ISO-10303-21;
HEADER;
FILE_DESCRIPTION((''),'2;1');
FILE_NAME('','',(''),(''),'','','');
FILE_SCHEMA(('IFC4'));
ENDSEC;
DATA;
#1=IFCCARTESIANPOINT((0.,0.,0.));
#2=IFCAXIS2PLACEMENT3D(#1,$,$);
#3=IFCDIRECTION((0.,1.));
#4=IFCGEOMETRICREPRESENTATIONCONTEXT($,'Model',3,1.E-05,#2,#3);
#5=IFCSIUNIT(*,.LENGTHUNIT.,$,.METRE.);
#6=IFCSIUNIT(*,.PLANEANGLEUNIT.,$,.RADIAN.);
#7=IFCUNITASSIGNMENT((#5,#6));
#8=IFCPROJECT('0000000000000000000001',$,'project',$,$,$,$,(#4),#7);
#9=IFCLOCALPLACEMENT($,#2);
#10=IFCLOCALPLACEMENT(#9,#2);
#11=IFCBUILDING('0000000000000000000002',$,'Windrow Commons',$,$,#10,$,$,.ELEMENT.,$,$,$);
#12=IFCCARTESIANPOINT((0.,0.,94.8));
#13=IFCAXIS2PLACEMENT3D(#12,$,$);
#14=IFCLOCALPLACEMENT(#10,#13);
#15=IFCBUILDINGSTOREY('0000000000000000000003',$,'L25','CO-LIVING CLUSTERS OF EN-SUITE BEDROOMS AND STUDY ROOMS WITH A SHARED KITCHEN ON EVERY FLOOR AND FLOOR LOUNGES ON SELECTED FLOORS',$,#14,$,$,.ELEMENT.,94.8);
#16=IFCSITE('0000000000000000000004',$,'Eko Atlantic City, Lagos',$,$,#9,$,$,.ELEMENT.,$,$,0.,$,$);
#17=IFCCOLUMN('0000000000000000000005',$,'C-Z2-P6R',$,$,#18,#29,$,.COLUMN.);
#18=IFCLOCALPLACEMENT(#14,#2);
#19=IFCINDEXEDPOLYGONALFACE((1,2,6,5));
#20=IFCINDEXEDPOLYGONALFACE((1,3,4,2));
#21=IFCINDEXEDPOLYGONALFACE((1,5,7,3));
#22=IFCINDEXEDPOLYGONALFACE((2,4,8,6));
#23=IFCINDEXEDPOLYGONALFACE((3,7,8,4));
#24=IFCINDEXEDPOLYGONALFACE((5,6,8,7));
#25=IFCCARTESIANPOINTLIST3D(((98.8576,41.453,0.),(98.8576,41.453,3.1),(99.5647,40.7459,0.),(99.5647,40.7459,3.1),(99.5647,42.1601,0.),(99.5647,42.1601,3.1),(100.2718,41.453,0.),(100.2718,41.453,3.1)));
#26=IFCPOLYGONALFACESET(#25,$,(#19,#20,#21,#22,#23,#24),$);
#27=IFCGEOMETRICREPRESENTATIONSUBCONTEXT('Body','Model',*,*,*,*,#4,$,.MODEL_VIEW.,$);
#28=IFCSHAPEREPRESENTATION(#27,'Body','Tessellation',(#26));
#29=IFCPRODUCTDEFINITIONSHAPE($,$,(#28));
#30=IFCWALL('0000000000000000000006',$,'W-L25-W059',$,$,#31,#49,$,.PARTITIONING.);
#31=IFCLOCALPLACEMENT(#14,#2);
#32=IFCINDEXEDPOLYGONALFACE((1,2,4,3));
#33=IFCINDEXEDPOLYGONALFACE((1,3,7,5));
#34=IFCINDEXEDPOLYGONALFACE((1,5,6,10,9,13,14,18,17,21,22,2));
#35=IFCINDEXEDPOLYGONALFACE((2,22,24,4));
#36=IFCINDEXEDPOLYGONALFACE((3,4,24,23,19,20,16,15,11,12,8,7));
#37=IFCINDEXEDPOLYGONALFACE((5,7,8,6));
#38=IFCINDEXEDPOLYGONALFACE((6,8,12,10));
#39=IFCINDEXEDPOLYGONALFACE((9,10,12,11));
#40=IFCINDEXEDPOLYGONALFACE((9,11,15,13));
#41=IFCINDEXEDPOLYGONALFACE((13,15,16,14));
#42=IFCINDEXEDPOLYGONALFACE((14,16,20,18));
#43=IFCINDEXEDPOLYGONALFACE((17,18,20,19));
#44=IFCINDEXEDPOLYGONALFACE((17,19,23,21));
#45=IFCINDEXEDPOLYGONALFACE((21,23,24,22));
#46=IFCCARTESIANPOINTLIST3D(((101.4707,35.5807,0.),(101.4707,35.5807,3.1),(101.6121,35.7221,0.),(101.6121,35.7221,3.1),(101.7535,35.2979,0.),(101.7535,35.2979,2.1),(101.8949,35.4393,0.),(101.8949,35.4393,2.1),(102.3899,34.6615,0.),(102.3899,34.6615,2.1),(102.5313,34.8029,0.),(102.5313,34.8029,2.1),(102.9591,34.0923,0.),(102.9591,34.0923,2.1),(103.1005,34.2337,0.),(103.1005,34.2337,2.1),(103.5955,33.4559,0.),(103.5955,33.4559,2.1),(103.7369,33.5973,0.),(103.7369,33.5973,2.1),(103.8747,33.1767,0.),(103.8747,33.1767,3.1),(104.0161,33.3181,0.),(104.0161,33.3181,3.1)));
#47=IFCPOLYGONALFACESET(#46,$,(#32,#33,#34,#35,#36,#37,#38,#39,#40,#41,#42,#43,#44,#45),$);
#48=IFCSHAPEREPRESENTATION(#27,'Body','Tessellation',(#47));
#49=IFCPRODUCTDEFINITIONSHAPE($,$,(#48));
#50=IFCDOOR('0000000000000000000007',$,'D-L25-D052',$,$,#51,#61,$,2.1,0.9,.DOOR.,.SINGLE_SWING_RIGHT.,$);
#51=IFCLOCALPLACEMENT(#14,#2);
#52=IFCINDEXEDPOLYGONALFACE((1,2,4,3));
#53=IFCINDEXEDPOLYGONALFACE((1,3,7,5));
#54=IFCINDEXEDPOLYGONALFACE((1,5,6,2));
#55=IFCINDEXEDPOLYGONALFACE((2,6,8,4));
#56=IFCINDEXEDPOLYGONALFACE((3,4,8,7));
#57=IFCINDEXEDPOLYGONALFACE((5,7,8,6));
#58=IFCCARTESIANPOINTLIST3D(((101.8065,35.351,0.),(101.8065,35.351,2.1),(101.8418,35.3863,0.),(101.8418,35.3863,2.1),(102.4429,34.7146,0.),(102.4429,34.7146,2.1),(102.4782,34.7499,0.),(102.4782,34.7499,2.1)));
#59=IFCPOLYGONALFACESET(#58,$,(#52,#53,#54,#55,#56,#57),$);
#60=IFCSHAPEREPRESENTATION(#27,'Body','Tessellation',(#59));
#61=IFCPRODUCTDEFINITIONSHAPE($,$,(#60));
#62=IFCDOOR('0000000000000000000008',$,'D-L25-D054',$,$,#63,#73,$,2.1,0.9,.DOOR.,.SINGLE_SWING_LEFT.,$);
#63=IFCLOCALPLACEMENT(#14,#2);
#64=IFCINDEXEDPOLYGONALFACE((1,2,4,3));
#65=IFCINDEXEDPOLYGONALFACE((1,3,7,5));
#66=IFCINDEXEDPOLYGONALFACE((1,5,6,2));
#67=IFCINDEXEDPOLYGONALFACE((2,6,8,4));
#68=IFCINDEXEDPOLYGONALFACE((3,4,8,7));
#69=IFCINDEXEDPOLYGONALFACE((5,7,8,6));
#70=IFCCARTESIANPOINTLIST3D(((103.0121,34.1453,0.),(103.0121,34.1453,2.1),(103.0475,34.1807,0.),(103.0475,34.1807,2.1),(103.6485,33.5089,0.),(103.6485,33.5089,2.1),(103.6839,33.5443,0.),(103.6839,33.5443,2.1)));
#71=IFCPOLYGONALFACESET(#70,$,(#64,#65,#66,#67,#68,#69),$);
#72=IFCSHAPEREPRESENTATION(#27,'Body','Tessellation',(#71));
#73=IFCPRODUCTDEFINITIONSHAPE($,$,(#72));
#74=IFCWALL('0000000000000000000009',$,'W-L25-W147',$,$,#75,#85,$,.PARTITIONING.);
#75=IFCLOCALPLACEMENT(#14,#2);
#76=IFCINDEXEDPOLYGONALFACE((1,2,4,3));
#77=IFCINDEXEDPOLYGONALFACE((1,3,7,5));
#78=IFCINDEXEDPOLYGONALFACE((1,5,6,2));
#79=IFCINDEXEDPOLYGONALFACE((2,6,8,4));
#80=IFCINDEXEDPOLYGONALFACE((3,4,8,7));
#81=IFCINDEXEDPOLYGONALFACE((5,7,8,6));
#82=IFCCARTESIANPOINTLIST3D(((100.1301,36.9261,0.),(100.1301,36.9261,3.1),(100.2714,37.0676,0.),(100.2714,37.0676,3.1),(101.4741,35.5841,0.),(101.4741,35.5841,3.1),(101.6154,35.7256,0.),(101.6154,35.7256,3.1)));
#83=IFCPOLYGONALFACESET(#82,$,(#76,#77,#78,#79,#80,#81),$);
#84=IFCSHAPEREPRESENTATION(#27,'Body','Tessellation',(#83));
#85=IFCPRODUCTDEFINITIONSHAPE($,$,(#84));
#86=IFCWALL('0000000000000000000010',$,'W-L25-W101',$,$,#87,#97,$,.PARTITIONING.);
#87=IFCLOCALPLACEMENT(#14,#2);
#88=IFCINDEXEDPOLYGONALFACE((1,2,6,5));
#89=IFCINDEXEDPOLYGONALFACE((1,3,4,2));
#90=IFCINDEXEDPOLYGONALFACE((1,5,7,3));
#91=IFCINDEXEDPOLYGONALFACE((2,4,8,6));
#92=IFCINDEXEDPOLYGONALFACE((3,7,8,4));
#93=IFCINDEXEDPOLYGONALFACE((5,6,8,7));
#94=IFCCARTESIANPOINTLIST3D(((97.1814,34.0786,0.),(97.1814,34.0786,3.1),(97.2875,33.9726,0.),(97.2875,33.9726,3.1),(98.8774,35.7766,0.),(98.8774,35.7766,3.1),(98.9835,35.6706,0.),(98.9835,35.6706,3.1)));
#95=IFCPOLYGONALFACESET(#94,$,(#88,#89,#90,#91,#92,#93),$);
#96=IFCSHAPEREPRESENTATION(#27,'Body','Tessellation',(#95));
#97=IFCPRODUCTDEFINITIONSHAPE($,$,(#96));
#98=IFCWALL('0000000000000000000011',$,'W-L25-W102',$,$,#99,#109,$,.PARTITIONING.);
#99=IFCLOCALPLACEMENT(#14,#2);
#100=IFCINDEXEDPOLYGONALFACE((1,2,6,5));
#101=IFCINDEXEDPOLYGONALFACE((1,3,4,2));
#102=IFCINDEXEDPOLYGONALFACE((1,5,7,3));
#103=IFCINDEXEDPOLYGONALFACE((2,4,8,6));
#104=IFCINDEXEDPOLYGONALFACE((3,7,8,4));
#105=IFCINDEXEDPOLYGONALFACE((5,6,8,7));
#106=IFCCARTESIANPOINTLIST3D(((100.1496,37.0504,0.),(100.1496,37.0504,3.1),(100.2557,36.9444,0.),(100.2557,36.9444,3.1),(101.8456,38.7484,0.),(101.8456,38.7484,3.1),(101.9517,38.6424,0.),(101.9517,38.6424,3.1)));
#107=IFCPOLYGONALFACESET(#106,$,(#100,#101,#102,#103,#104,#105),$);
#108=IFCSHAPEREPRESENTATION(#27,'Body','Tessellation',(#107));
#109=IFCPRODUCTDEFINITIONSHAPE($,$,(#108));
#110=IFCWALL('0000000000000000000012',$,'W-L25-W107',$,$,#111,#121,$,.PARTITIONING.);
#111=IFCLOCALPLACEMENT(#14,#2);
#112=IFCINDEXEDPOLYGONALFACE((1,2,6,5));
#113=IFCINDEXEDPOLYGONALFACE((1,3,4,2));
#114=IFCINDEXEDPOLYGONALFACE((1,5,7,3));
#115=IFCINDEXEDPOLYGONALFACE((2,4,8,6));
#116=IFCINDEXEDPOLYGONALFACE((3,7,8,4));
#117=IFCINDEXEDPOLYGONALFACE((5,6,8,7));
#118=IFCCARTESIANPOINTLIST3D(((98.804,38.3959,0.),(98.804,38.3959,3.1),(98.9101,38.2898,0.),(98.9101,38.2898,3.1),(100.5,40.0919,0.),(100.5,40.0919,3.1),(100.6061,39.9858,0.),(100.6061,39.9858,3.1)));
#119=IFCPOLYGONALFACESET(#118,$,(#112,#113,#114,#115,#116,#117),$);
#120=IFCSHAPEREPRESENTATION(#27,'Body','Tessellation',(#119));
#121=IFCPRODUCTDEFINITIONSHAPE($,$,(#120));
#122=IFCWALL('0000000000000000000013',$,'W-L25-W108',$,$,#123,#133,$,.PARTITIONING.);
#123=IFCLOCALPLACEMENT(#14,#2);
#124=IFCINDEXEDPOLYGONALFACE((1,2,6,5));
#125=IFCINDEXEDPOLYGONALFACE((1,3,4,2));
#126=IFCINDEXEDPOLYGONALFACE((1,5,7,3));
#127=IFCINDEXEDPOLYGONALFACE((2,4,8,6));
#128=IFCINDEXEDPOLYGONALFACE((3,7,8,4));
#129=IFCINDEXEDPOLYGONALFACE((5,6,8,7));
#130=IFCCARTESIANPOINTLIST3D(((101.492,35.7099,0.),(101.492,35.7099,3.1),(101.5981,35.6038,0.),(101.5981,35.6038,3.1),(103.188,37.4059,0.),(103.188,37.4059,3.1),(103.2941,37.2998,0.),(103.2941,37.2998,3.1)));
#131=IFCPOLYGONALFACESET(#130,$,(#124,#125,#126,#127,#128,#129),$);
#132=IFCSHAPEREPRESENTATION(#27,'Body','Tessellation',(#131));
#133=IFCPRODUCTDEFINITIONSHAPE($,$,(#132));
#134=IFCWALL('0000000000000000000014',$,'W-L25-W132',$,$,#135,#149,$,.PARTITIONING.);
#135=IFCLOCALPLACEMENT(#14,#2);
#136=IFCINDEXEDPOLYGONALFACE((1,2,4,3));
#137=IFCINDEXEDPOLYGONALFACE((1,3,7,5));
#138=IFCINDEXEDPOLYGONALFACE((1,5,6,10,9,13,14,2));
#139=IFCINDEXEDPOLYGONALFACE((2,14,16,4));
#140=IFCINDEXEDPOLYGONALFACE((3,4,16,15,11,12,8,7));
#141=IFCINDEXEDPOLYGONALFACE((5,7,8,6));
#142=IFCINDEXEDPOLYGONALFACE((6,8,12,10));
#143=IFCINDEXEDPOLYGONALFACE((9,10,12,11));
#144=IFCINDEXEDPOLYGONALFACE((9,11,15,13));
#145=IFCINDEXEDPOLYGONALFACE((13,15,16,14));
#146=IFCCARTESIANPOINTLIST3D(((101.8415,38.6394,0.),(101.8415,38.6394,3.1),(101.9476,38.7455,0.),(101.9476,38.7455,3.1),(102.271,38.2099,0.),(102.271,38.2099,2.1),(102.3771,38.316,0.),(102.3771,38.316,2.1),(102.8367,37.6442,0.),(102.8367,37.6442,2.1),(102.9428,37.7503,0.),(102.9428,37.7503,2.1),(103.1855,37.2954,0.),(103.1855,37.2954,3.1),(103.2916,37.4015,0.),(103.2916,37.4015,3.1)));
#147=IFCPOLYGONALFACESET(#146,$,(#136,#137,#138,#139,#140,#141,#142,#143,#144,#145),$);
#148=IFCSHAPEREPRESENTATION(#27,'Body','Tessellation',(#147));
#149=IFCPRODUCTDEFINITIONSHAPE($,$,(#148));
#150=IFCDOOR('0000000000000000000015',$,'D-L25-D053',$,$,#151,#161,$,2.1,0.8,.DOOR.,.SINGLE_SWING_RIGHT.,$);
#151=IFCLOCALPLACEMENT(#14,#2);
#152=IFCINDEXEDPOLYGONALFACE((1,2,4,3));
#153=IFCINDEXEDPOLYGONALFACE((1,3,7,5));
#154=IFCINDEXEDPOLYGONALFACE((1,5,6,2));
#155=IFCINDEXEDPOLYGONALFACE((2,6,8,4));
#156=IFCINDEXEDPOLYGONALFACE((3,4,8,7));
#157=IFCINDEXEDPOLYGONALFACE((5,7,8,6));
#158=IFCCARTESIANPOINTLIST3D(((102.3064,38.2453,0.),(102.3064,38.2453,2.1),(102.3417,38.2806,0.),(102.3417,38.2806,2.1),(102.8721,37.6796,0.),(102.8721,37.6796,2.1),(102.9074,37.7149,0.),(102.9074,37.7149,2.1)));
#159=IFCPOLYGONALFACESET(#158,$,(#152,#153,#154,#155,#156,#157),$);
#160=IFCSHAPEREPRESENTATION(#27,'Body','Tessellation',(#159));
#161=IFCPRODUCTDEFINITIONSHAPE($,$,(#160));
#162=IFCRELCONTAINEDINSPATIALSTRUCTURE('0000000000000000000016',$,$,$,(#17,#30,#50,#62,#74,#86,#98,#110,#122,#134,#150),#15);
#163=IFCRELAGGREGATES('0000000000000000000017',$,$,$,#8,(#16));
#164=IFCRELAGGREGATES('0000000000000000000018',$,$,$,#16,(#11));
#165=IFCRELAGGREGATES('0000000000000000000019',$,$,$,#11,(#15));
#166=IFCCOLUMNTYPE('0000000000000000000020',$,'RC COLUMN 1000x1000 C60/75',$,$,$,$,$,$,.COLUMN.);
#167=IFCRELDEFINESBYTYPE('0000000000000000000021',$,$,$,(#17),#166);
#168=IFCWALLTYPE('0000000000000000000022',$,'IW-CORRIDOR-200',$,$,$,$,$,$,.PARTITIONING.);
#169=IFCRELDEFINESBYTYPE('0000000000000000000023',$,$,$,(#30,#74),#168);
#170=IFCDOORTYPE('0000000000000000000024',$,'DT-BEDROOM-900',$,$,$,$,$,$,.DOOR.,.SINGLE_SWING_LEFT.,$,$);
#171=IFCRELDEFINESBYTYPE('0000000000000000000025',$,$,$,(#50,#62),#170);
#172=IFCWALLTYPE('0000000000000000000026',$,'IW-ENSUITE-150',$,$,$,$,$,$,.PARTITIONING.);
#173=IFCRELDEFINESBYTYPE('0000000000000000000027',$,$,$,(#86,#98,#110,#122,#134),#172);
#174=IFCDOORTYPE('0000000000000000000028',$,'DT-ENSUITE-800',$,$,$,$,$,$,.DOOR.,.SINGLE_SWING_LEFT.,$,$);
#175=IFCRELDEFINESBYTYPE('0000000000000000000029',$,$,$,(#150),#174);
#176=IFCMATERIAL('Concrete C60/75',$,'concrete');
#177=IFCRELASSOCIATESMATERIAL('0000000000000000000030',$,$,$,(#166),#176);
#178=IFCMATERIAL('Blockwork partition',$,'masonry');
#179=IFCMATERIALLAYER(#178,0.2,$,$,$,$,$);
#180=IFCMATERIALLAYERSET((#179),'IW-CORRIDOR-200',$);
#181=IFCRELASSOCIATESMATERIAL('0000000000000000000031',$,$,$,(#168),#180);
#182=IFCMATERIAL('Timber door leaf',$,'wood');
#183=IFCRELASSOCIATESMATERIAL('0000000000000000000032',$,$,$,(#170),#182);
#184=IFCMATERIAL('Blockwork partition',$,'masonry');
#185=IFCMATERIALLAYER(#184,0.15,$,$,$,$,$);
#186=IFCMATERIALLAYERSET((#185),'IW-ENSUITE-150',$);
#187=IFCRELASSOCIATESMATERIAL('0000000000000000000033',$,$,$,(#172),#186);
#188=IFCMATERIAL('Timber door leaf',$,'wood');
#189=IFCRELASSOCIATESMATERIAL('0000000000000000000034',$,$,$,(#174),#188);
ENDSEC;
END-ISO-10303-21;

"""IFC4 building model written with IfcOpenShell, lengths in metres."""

from ifc_helpers import new_model, si_unit, direction, frame, frame_2d, origin, origin_2d, place, context, subcontext, project, spatial, rectangle, extrude, material, layer, layer_set, material_profile, profile_set, type_object, element, fill, save


model = new_model("IFC4")

# Units and contexts
model_context = context("Model", 3, precision=1e-05, world=origin(), true_north=direction((0.0, 1.0)))
body_context = subcontext(model_context, "Body", "Model", "MODEL_VIEW")
ifc_project = project(units=[si_unit("LENGTHUNIT", "METRE"), si_unit("PLANEANGLEUNIT", "RADIAN")], contexts=[model_context])

# Site, building, storey
site_placement = place(None, origin())
site = spatial("IfcSite", under=ifc_project, at=site_placement, Name="Eko Atlantic City, Lagos", CompositionType="ELEMENT", RefElevation=0.0)
building_placement = place(site_placement, origin())
building = spatial("IfcBuilding", under=site, at=building_placement, Name="Windrow Commons", CompositionType="ELEMENT")
storey_placement = place(building_placement, frame((0.0, 0.0, 94.8)))
storey = spatial("IfcBuildingStorey", under=building, at=storey_placement, Name="L25", Description="CO-LIVING CLUSTERS OF EN-SUITE BEDROOMS AND STUDY ROOMS WITH A SHARED KITCHEN ON EVERY FLOOR AND FLOOR LOUNGES ON SELECTED FLOORS", CompositionType="ELEMENT", Elevation=94.8)

# Column
ifc_material_1 = material(Name="Concrete C60/75", Category="concrete")
ifc_material_profile = material_profile(ifc_material_1, rectangle(XDim=1.0, YDim=1.0, at=origin_2d()))
ifc_profile_set = profile_set([ifc_material_profile], Name="Concrete C60/75")
column_type = type_object("IfcColumnType", Name="RC COLUMN 1000x1000 C60/75", PredefinedType="COLUMN", material=ifc_profile_set)
column_placement = place(storey_placement, frame((99.5647, 41.453, 0.0), z_axis=(0.0, 0.0, 1.0), x_axis=(0.707107, -0.707107, 0.0)))
element("IfcColumn", 1, at=column_placement, inside=storey, type_object=column_type, Name="C-Z2-P6R", PredefinedType="COLUMN", context=body_context, shape_type="SweptSolid", body=[
    extrude(rectangle(XDim=1.0, YDim=1.0, at=origin_2d()), origin(), (0.0, 0.0, 1.0), 3.1),
])

# Wall, openings, doors
ifc_material_2 = material(Name="Blockwork partition", Category="masonry")
ifc_layer_1 = layer(ifc_material_2, 0.2)
ifc_layer_set_1 = layer_set([ifc_layer_1], Name="IW-CORRIDOR-200")
wall_type_1 = type_object("IfcWallType", Name="IW-CORRIDOR-200", PredefinedType="PARTITIONING", material=ifc_layer_set_1)
wall_1_placement = place(storey_placement, frame((101.5414, 35.6514, 0.0), z_axis=(0.0, 0.0, 1.0), x_axis=(0.707107, -0.707107, 0.0)))
wall_1 = element("IfcWall", 2, at=wall_1_placement, inside=storey, type_object=wall_type_1, Name="W-L25-W059", PredefinedType="PARTITIONING", context=body_context, shape_type="SweptSolid", body=[
    extrude(rectangle(XDim=3.3998, YDim=0.2, at=frame_2d((1.6999, 0.0))), origin(), (0.0, 0.0, 1.0), 3.1),
])
opening_1_placement = place(wall_1_placement, frame((0.3999, 0.0, 0.0)))
opening_1 = element("IfcOpeningElement", 3, at=opening_1_placement, cuts=wall_1, PredefinedType="OPENING", context=body_context, shape_type="SweptSolid", body=[
    extrude(rectangle(XDim=0.9, YDim=2.1, at=frame_2d((0.45, 1.05))), frame((0.0, 0.11, 0.0), z_axis=(0.0, -1.0, 0.0), x_axis=(1.0, 0.0, 0.0)), (0.0, 0.0, 1.0), 0.22),
])
opening_2_placement = place(wall_1_placement, frame((2.1049, 0.0, 0.0)))
opening_2 = element("IfcOpeningElement", 4, at=opening_2_placement, cuts=wall_1, PredefinedType="OPENING", context=body_context, shape_type="SweptSolid", body=[
    extrude(rectangle(XDim=0.9, YDim=2.1, at=frame_2d((0.45, 1.05))), frame((0.0, 0.11, 0.0), z_axis=(0.0, -1.0, 0.0), x_axis=(1.0, 0.0, 0.0)), (0.0, 0.0, 1.0), 0.22),
])
ifc_material_3 = material(Name="Timber door leaf", Category="wood")
door_type_1 = type_object("IfcDoorType", Name="DT-BEDROOM-900", OperationType="SINGLE_SWING_LEFT", PredefinedType="DOOR", material=ifc_material_3)
door_1_placement = place(opening_1_placement, origin())
door_1 = element("IfcDoor", 5, at=door_1_placement, inside=storey, type_object=door_type_1, Name="D-L25-D052", OperationType="SINGLE_SWING_RIGHT", OverallHeight=2.1, OverallWidth=0.9, PredefinedType="DOOR", context=body_context, shape_type="SweptSolid", body=[
    extrude(rectangle(XDim=0.9, YDim=2.1, at=frame_2d((0.45, 1.05))), frame((0.0, 0.025, 0.0), z_axis=(0.0, -1.0, 0.0), x_axis=(1.0, 0.0, 0.0)), (0.0, 0.0, 1.0), 0.05),
])
fill(opening_1, door_1)
door_2_placement = place(opening_2_placement, origin())
door_2 = element("IfcDoor", 6, at=door_2_placement, inside=storey, type_object=door_type_1, Name="D-L25-D054", OperationType="SINGLE_SWING_LEFT", OverallHeight=2.1, OverallWidth=0.9, PredefinedType="DOOR", context=body_context, shape_type="SweptSolid", body=[
    extrude(rectangle(XDim=0.9, YDim=2.1, at=frame_2d((0.45, 1.05))), frame((0.0, 0.025, 0.0), z_axis=(0.0, -1.0, 0.0), x_axis=(1.0, 0.0, 0.0)), (0.0, 0.0, 1.0), 0.05),
])
fill(opening_2, door_2)

# Walls
wall_2_placement = place(storey_placement, frame((100.2008, 36.9968, 0.0), z_axis=(0.0, 0.0, 1.0), x_axis=(0.707633, -0.70658, 0.0)))
element("IfcWall", 7, at=wall_2_placement, inside=storey, type_object=wall_type_1, Name="W-L25-W147", PredefinedType="PARTITIONING", context=body_context, shape_type="SweptSolid", body=[
    extrude(rectangle(XDim=1.8993, YDim=0.2, at=frame_2d((0.9496, 0.0))), origin(), (0.0, 0.0, 1.0), 3.1),
])
ifc_material_4 = material(Name="Blockwork partition", Category="masonry")
ifc_layer_2 = layer(ifc_material_4, 0.15)
ifc_layer_set_2 = layer_set([ifc_layer_2], Name="IW-ENSUITE-150")
wall_type_2 = type_object("IfcWallType", Name="IW-ENSUITE-150", PredefinedType="PARTITIONING", material=ifc_layer_set_2)
for number, where, z_axis, x_axis, name in (
    (8, (97.2344, 34.0256, 0.0), (0.0, 0.0, 1.0), (0.70669, 0.707523, 0.0), "W-L25-W101"),
    (9, (100.2026, 36.9974, 0.0), (0.0, 0.0, 1.0), (0.70669, 0.707523, 0.0), "W-L25-W102"),
):
    element("IfcWall", number, at=place(storey_placement, frame(where, z_axis=z_axis, x_axis=x_axis)), inside=storey, type_object=wall_type_2, Name=name, PredefinedType="PARTITIONING", context=body_context, shape_type="SweptSolid", body=[
        extrude(rectangle(XDim=2.3999, YDim=0.15, at=frame_2d((1.2, 0.0))), origin(), (0.0, 0.0, 1.0), 3.1),
    ])
for number, where, z_axis, x_axis, name in (
    (10, (98.8571, 38.3429, 0.0), (0.0, 0.0, 1.0), (0.707107, 0.707107, 0.0), "W-L25-W107"),
    (11, (101.5451, 35.6569, 0.0), (0.0, 0.0, 1.0), (0.707107, 0.707107, 0.0), "W-L25-W108"),
):
    element("IfcWall", number, at=place(storey_placement, frame(where, z_axis=z_axis, x_axis=x_axis)), inside=storey, type_object=wall_type_2, Name=name, PredefinedType="PARTITIONING", context=body_context, shape_type="SweptSolid", body=[
        extrude(rectangle(XDim=2.3985, YDim=0.15, at=frame_2d((1.1992, 0.0))), origin(), (0.0, 0.0, 1.0), 3.1),
    ])

# Wall, opening, door
wall_3_placement = place(storey_placement, frame((101.8945, 38.6925, 0.0), z_axis=(0.0, 0.0, 1.0), x_axis=(0.707107, -0.707107, 0.0)))
wall_3 = element("IfcWall", 12, at=wall_3_placement, inside=storey, type_object=wall_type_2, Name="W-L25-W132", PredefinedType="PARTITIONING", context=body_context, shape_type="SweptSolid", body=[
    extrude(rectangle(XDim=1.9007, YDim=0.15, at=frame_2d((0.9504, 0.0))), origin(), (0.0, 0.0, 1.0), 3.1),
])
opening_3_placement = place(wall_3_placement, frame((0.6075, 0.0, 0.0)))
opening_3 = element("IfcOpeningElement", 13, at=opening_3_placement, cuts=wall_3, PredefinedType="OPENING", context=body_context, shape_type="SweptSolid", body=[
    extrude(rectangle(XDim=0.8, YDim=2.1, at=frame_2d((0.4, 1.05))), frame((0.0, 0.085, 0.0), z_axis=(0.0, -1.0, 0.0), x_axis=(1.0, 0.0, 0.0)), (0.0, 0.0, 1.0), 0.17),
])
ifc_material_5 = material(Name="Timber door leaf", Category="wood")
door_type_2 = type_object("IfcDoorType", Name="DT-ENSUITE-800", OperationType="SINGLE_SWING_LEFT", PredefinedType="DOOR", material=ifc_material_5)
door_3_placement = place(opening_3_placement, origin())
door_3 = element("IfcDoor", 14, at=door_3_placement, inside=storey, type_object=door_type_2, Name="D-L25-D053", OperationType="SINGLE_SWING_RIGHT", OverallHeight=2.1, OverallWidth=0.8, PredefinedType="DOOR", context=body_context, shape_type="SweptSolid", body=[
    extrude(rectangle(XDim=0.8, YDim=2.1, at=frame_2d((0.4, 1.05))), frame((0.0, 0.025, 0.0), z_axis=(0.0, -1.0, 0.0), x_axis=(1.0, 0.0, 0.0)), (0.0, 0.0, 1.0), 0.05),
])
fill(opening_3, door_3)

save(model, "model.ifc")
